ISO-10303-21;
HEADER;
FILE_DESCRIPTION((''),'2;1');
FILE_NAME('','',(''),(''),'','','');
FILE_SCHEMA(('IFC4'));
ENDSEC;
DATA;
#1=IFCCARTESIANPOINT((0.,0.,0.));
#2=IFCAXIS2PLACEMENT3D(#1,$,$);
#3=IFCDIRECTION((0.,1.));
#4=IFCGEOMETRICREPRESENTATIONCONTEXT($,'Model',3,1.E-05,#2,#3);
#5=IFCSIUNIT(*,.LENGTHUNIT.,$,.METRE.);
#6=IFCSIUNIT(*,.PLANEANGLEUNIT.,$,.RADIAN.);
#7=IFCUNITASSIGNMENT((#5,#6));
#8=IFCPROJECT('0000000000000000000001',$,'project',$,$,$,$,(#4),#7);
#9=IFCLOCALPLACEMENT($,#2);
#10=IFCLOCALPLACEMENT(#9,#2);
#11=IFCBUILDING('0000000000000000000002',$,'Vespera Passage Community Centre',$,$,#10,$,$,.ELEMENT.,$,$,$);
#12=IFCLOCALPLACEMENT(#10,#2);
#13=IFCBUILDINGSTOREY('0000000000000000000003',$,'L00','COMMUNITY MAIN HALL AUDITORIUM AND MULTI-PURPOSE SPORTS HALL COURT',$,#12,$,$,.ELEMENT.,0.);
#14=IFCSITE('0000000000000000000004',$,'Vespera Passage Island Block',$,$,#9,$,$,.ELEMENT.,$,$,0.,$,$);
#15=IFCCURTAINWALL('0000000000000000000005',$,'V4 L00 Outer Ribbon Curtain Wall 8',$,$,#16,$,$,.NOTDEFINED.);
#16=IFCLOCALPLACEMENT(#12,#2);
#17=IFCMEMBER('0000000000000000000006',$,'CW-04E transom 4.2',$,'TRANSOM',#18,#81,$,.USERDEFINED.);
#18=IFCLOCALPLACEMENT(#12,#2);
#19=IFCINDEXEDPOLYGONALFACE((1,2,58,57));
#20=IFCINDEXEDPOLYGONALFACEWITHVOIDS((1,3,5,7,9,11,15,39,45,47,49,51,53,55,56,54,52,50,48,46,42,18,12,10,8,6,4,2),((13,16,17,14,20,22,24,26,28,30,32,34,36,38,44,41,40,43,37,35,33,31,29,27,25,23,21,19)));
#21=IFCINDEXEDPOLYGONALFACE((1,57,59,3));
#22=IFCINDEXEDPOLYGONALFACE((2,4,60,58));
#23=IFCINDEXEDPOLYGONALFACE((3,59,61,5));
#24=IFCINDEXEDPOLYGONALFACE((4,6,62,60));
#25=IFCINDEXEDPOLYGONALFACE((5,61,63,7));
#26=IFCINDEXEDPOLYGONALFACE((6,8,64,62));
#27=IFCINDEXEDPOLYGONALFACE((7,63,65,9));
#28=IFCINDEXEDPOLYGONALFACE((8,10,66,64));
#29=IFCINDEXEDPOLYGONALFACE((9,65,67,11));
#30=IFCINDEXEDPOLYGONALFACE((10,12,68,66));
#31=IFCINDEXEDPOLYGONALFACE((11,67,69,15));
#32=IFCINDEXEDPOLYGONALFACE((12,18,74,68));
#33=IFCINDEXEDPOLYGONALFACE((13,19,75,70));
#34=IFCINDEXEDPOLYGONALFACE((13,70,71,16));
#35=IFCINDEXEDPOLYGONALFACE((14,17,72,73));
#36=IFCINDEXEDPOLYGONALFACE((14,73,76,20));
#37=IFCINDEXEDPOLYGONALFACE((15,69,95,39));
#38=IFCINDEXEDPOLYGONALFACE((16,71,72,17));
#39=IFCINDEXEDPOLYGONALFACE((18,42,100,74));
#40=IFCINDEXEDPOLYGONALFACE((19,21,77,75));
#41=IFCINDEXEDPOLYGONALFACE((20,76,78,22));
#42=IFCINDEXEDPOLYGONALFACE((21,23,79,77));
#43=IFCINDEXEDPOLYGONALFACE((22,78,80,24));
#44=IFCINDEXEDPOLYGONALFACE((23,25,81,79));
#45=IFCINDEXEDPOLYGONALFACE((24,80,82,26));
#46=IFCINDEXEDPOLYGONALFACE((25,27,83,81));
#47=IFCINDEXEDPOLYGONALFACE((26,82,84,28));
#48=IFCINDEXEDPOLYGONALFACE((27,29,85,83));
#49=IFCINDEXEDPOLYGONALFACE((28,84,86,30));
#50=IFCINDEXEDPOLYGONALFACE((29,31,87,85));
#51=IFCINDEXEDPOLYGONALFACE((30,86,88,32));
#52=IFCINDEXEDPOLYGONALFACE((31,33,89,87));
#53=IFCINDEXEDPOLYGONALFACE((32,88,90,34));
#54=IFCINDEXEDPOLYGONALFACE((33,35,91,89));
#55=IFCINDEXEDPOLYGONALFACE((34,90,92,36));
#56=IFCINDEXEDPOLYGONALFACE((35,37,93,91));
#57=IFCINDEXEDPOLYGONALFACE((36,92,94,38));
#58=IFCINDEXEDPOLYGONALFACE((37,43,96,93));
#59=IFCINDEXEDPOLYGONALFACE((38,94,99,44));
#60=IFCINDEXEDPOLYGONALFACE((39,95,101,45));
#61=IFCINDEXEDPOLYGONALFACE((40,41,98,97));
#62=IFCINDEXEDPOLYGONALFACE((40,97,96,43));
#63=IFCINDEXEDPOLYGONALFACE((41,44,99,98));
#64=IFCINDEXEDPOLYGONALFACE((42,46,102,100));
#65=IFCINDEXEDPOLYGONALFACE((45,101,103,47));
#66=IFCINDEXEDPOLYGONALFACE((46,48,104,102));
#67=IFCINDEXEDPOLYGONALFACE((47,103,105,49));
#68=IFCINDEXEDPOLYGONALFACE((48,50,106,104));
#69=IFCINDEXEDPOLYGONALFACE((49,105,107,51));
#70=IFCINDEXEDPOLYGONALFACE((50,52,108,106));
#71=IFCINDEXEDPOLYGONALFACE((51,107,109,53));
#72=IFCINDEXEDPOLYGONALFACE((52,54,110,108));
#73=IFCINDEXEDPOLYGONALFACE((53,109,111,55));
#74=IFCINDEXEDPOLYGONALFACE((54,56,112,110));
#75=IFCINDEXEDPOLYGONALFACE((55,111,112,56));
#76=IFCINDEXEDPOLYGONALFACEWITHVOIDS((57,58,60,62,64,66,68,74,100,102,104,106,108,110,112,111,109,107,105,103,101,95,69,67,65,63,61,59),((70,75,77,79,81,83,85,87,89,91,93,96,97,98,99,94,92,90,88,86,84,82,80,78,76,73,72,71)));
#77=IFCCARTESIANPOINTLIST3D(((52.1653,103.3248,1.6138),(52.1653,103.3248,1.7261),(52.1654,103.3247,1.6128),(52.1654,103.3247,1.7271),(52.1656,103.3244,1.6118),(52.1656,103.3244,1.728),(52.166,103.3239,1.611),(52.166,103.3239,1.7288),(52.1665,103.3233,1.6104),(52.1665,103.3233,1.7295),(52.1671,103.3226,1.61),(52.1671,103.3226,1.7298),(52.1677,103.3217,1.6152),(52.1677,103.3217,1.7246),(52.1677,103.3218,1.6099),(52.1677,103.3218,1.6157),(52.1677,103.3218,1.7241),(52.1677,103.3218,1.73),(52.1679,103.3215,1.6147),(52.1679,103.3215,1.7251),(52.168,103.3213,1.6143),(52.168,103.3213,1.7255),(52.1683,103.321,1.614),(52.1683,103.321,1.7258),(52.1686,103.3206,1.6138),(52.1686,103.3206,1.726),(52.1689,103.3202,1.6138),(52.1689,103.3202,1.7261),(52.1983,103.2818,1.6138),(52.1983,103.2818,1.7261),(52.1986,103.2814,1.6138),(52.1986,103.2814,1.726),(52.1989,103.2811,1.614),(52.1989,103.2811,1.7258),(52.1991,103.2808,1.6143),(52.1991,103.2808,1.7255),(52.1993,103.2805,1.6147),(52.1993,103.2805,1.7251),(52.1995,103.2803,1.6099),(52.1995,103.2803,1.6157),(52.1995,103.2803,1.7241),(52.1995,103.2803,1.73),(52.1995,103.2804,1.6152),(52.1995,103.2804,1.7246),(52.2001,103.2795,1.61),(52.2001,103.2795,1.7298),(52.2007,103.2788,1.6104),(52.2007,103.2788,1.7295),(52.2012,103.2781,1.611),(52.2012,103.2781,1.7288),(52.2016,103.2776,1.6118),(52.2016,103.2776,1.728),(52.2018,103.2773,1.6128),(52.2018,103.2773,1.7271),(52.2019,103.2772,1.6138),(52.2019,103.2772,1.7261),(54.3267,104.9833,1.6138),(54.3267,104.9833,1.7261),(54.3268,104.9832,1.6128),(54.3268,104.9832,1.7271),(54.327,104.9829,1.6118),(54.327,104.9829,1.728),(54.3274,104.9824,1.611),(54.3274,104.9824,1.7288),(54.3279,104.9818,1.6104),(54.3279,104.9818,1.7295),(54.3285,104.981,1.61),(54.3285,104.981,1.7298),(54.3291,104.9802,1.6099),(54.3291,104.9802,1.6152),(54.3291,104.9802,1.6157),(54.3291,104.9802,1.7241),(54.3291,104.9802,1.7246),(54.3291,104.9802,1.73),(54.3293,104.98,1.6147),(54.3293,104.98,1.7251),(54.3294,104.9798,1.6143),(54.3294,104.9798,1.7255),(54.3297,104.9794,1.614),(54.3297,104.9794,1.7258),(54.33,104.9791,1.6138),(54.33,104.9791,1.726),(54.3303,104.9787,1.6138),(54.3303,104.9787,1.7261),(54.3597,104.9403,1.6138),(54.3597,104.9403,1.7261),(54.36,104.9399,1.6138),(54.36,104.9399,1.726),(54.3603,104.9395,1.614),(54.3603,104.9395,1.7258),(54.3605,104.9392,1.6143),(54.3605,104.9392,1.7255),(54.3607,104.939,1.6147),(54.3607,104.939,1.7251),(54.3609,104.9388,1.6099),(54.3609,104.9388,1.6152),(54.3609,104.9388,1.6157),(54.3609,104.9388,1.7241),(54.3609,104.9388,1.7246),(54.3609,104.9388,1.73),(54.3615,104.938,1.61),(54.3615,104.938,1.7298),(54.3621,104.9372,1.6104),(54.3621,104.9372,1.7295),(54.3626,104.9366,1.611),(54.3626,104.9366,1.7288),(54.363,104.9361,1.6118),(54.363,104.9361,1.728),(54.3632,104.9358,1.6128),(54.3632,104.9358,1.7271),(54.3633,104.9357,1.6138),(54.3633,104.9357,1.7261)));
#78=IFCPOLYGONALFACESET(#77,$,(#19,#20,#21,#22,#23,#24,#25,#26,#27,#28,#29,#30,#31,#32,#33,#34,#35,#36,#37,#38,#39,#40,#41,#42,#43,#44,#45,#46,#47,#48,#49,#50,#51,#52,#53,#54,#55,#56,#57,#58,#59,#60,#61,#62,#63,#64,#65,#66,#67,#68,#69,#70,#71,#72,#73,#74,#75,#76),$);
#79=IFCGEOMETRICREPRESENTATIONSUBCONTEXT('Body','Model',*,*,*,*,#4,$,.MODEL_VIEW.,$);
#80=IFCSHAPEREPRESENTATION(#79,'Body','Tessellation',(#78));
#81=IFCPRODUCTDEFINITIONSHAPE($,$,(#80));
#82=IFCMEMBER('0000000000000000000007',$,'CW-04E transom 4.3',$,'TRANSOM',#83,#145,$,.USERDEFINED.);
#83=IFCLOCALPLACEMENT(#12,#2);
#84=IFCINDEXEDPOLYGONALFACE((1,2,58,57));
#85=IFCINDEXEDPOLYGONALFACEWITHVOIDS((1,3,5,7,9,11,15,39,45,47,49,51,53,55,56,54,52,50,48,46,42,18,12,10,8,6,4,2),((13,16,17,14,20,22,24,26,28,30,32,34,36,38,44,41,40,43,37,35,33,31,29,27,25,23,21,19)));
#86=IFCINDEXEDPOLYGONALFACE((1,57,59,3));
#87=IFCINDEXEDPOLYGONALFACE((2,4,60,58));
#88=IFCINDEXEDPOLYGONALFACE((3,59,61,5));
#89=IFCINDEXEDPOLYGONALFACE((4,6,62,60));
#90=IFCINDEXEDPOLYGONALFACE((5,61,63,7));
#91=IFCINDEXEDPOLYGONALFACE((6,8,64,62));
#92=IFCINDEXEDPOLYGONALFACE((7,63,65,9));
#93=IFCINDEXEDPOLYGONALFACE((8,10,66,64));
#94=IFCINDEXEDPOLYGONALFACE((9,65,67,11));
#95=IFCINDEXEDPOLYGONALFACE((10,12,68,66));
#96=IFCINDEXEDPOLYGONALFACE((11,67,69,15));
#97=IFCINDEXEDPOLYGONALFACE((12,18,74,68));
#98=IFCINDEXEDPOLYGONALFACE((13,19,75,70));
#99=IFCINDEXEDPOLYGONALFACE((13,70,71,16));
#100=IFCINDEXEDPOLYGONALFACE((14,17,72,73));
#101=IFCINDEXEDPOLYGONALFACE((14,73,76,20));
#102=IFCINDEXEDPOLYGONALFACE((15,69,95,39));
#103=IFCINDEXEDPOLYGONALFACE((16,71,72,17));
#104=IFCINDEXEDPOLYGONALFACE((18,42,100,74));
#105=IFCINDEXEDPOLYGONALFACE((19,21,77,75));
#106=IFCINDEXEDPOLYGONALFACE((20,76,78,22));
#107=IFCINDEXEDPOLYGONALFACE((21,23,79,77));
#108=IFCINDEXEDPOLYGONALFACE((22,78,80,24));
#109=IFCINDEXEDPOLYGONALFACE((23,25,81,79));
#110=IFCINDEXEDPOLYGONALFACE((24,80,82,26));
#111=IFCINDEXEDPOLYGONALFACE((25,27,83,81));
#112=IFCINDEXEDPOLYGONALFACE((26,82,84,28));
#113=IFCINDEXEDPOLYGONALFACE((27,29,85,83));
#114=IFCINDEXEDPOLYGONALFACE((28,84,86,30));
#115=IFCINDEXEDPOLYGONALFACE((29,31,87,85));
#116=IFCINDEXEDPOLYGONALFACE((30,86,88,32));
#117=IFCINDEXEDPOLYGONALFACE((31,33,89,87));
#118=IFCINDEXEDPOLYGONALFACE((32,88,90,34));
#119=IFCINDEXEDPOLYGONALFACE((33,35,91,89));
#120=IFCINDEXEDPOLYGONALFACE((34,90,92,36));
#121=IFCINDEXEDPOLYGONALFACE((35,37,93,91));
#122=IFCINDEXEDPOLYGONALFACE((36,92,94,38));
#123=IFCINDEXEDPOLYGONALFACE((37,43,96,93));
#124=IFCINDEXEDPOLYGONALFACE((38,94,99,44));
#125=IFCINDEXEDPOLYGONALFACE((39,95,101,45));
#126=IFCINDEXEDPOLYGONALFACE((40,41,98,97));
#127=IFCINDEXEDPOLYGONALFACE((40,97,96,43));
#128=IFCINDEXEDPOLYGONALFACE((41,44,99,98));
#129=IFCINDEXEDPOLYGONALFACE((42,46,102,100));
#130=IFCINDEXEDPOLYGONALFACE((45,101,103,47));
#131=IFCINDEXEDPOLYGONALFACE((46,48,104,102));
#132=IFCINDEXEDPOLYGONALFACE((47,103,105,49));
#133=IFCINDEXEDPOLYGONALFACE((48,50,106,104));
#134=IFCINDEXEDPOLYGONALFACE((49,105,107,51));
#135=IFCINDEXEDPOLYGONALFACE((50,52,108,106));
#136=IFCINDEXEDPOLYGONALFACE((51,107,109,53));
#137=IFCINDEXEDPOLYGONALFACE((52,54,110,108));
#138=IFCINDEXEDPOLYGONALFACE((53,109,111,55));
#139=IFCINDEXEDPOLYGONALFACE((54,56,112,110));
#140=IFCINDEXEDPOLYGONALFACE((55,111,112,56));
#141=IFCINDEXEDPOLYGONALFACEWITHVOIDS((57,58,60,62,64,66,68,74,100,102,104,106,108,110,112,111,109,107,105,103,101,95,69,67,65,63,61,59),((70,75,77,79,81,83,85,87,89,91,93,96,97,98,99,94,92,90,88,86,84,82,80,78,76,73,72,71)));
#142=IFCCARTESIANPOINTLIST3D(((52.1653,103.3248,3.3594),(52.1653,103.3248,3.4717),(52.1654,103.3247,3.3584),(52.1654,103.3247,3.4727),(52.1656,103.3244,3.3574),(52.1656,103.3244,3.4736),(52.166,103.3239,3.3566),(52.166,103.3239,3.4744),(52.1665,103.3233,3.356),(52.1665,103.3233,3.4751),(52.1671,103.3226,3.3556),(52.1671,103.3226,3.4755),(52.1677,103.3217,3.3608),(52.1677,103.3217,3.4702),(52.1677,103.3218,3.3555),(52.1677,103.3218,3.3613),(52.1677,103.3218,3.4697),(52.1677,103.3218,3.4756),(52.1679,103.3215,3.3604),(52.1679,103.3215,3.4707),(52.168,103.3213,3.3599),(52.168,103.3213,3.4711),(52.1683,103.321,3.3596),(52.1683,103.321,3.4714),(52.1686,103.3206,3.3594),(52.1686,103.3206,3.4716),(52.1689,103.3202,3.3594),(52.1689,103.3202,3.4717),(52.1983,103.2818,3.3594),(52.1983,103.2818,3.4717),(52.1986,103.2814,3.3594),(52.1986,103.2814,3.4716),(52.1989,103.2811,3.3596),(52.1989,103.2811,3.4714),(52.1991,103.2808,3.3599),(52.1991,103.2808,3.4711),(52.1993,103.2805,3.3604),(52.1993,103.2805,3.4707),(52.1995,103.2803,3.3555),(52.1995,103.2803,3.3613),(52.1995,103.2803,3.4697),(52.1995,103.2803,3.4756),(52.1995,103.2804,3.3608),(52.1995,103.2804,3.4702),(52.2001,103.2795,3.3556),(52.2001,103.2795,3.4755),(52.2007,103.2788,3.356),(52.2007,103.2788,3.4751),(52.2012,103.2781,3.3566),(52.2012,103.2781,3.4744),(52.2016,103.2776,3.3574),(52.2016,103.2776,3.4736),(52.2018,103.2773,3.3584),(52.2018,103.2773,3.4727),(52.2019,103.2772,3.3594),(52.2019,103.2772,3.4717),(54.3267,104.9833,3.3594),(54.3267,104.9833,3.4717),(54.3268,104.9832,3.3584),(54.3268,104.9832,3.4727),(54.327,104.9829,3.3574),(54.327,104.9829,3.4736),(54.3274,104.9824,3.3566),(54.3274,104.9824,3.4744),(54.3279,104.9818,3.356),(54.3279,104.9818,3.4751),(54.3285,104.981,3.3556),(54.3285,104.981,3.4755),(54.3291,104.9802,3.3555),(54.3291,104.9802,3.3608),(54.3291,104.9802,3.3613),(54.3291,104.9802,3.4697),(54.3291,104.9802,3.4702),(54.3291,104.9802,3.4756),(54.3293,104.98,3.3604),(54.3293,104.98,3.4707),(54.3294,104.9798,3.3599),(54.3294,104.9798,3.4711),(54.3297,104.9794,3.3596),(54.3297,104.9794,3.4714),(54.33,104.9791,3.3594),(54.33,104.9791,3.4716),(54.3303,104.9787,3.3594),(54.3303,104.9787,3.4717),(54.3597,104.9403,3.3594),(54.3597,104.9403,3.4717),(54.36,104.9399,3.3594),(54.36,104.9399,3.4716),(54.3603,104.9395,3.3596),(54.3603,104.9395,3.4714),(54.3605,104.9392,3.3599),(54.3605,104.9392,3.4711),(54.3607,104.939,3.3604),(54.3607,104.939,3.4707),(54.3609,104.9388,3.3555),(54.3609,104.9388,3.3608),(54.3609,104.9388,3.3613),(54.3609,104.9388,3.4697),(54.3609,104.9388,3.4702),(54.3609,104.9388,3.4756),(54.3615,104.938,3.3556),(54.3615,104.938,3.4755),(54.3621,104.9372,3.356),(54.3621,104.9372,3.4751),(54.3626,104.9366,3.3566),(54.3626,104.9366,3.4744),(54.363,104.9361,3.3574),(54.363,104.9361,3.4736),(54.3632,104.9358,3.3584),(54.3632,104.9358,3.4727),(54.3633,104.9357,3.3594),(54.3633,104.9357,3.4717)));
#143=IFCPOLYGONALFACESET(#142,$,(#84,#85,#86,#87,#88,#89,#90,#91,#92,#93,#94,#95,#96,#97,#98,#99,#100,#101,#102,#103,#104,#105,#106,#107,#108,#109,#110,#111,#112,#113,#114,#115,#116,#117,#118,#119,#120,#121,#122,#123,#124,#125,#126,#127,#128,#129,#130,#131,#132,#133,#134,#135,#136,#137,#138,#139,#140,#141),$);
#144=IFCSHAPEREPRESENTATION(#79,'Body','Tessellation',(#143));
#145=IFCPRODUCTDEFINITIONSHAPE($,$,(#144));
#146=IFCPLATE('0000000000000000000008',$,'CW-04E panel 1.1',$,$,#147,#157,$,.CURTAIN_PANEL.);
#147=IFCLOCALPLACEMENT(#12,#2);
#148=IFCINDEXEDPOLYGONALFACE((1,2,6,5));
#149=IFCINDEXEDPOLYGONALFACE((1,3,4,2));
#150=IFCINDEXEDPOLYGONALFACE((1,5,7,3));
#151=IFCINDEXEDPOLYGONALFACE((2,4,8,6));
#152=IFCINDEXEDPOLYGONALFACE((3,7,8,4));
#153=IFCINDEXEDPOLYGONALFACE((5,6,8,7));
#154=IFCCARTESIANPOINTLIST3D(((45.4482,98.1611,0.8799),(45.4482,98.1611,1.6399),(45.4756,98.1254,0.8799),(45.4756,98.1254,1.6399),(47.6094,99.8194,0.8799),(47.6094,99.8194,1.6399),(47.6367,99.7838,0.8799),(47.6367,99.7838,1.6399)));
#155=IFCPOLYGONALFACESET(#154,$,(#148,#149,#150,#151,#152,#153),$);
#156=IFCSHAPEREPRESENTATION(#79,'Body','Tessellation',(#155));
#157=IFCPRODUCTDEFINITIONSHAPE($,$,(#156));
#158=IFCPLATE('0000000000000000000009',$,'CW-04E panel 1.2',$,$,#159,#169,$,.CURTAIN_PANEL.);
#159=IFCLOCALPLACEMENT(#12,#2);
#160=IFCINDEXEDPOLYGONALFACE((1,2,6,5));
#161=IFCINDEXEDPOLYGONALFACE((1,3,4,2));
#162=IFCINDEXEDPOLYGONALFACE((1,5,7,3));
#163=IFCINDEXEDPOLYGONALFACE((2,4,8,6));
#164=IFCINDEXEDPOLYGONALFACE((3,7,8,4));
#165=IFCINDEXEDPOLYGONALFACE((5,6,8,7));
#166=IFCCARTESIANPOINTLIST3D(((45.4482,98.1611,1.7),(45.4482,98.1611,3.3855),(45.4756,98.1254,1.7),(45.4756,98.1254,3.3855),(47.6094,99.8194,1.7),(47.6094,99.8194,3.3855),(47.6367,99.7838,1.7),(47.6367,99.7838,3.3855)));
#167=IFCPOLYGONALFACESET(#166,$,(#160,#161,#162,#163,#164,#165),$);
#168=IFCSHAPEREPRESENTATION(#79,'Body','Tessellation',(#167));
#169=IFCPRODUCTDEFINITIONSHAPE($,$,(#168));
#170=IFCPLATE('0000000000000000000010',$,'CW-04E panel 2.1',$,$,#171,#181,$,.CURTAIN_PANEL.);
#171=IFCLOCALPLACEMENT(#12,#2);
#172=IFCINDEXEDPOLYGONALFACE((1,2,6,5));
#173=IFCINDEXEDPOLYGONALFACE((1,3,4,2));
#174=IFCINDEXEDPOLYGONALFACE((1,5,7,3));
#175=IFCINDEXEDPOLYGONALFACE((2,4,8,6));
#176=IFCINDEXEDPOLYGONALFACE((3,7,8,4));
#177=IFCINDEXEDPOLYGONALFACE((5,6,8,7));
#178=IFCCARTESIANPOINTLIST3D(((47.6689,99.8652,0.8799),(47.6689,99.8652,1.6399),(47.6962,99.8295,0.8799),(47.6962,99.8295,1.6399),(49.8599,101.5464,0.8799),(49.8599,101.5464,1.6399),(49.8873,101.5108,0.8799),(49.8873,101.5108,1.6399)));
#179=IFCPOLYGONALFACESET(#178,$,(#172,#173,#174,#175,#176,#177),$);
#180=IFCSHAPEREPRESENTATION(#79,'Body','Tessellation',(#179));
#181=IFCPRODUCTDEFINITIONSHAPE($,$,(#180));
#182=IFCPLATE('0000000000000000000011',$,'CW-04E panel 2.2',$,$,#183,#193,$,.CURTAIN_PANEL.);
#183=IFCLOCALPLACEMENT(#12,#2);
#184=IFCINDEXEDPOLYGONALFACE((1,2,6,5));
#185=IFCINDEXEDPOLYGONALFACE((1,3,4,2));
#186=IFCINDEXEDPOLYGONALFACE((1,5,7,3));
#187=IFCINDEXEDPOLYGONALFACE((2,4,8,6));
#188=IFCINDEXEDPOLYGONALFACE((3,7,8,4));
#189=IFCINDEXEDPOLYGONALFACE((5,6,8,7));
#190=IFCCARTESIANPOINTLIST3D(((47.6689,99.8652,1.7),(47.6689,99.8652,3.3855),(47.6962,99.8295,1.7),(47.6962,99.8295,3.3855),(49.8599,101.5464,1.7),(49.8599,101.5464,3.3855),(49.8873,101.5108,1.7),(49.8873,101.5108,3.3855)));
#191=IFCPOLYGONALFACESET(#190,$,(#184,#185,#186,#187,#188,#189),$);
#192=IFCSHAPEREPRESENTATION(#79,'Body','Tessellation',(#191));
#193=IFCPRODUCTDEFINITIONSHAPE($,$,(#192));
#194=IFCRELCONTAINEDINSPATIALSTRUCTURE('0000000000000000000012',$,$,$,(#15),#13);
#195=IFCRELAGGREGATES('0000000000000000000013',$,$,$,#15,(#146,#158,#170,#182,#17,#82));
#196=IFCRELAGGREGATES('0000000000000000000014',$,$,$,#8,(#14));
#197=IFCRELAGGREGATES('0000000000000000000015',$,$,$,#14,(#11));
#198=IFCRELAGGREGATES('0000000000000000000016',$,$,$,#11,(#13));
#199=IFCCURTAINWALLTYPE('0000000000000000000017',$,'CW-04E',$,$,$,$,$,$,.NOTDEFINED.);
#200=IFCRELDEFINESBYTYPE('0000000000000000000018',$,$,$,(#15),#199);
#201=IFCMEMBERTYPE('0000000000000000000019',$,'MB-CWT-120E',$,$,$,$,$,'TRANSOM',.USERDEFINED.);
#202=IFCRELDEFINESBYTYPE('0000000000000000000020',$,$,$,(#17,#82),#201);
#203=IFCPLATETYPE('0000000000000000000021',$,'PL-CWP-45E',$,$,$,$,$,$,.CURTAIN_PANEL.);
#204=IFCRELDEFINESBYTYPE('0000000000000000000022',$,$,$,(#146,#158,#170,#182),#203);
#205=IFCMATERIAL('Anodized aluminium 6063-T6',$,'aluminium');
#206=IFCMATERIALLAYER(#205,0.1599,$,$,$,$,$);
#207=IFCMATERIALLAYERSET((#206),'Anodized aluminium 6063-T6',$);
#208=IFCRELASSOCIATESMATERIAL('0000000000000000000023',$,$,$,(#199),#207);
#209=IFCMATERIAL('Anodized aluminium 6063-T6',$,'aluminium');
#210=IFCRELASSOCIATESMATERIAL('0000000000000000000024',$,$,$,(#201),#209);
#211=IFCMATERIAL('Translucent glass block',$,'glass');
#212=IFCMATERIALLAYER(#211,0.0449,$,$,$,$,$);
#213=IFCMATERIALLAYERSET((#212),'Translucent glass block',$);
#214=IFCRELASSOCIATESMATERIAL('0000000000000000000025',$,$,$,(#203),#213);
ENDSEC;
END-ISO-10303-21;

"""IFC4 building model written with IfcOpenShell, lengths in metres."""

from ifc_helpers import new_model, si_unit, direction, frame, origin, origin_2d, place, context, subcontext, project, spatial, rectangle, hollow_rectangle, extrude, material, layer, layer_set, material_profile, profile_set, type_object, element, aggregate, save


model = new_model("IFC4")

# Units and contexts
model_context = context("Model", 3, precision=1e-05, world=origin(), true_north=direction((0.0, 1.0)))
body_context = subcontext(model_context, "Body", "Model", "MODEL_VIEW")
ifc_project = project(units=[si_unit("LENGTHUNIT", "METRE"), si_unit("PLANEANGLEUNIT", "RADIAN")], contexts=[model_context])

# Site, building, storey
site_placement = place(None, origin())
site = spatial("IfcSite", under=ifc_project, at=site_placement, Name="Vespera Passage Island Block", CompositionType="ELEMENT", RefElevation=0.0)
building_placement = place(site_placement, origin())
building = spatial("IfcBuilding", under=site, at=building_placement, Name="Vespera Passage Community Centre", CompositionType="ELEMENT")
storey_placement = place(building_placement, origin())
storey = spatial("IfcBuildingStorey", under=building, at=storey_placement, Name="L00", Description="COMMUNITY MAIN HALL AUDITORIUM AND MULTI-PURPOSE SPORTS HALL COURT", CompositionType="ELEMENT", Elevation=0.0)

# Curtain wall
ifc_material_1 = material(Name="Anodized aluminium 6063-T6", Category="aluminium")
ifc_layer_1 = layer(ifc_material_1, 0.1599)
ifc_layer_set_1 = layer_set([ifc_layer_1], Name="Anodized aluminium 6063-T6")
curtain_wall_type_1 = type_object("IfcCurtainWallType", Name="CW-04E", PredefinedType="NOTDEFINED", material=ifc_layer_set_1)
curtain_wall_1_placement = place(storey_placement, origin())
curtain_wall_1 = element("IfcCurtainWall", 1, at=curtain_wall_1_placement, inside=storey, type_object=curtain_wall_type_1, Name="V4 L00 Outer Ribbon Curtain Wall 8", PredefinedType="NOTDEFINED")

# Members
ifc_material_2 = material(Name="Anodized aluminium 6063-T6", Category="aluminium")
ifc_material_profile_1 = material_profile(ifc_material_2, hollow_rectangle(XDim=0.0601, YDim=0.1201, WallThickness=0.0039, InnerFilletRadius=0.002, OuterFilletRadius=0.0039, at=origin_2d()), Name="ALU120X60X4")
ifc_profile_set_1 = profile_set([ifc_material_profile_1], Name="Anodized aluminium 6063-T6")
member_type_1 = type_object("IfcMemberType", Name="MB-CWT-120E", ElementType="TRANSOM", PredefinedType="USERDEFINED", material=ifc_profile_set_1)
member_1_placement = place(storey_placement, frame((52.1836, 103.301, 1.6699), z_axis=(0.79336, 0.608753, 0.0), x_axis=(-0.608753, 0.79336, 0.0)))
member_1 = element("IfcMember", 2, at=member_1_placement, type_object=member_type_1, Name="CW-04E transom 4.2", ObjectType="TRANSOM", PredefinedType="USERDEFINED", context=body_context, shape_type="SweptSolid", body=[
    extrude(hollow_rectangle(XDim=0.0601, YDim=0.1201, WallThickness=0.0039, InnerFilletRadius=0.002, OuterFilletRadius=0.0039, at=origin_2d()), origin(), (0.0, 0.0, 1.0), 2.7244),
])
member_2_placement = place(storey_placement, frame((52.1836, 103.301, 3.4155), z_axis=(0.79336, 0.608753, 0.0), x_axis=(-0.608753, 0.79336, 0.0)))
member_2 = element("IfcMember", 3, at=member_2_placement, type_object=member_type_1, Name="CW-04E transom 4.3", ObjectType="TRANSOM", PredefinedType="USERDEFINED", context=body_context, shape_type="SweptSolid", body=[
    extrude(hollow_rectangle(XDim=0.0601, YDim=0.1201, WallThickness=0.0039, InnerFilletRadius=0.002, OuterFilletRadius=0.0039, at=origin_2d()), origin(), (0.0, 0.0, 1.0), 2.7244),
])

# Plates
ifc_material_3 = material(Name="Translucent glass block", Category="glass")
ifc_layer_2 = layer(ifc_material_3, 0.0449)
ifc_layer_set_2 = layer_set([ifc_layer_2], Name="Translucent glass block")
plate_type = type_object("IfcPlateType", Name="PL-CWP-45E", PredefinedType="CURTAIN_PANEL", material=ifc_layer_set_2)
plate_1_placement = place(storey_placement, frame((46.5425, 98.9724, 0.8799), z_axis=(0.0, 0.0, 1.0), x_axis=(0.793348, 0.608768, 0.0)))
plate_1 = element("IfcPlate", 4, at=plate_1_placement, type_object=plate_type, Name="CW-04E panel 1.1", PredefinedType="CURTAIN_PANEL", context=body_context, shape_type="SweptSolid", body=[
    extrude(rectangle(XDim=2.7241, YDim=0.0449, at=origin_2d()), origin(), (0.0, 0.0, 1.0), 0.76),
])
plate_2_placement = place(storey_placement, frame((46.5425, 98.9724, 1.7), z_axis=(0.0, 0.0, 1.0), x_axis=(0.793348, 0.608768, 0.0)))
plate_2 = element("IfcPlate", 5, at=plate_2_placement, type_object=plate_type, Name="CW-04E panel 1.2", PredefinedType="CURTAIN_PANEL", context=body_context, shape_type="SweptSolid", body=[
    extrude(rectangle(XDim=2.7241, YDim=0.0449, at=origin_2d()), origin(), (0.0, 0.0, 1.0), 1.6855),
])
plate_3_placement = place(storey_placement, frame((48.7781, 100.688, 0.8799), z_axis=(0.0, 0.0, 1.0), x_axis=(0.793348, 0.608768, 0.0)))
plate_3 = element("IfcPlate", 6, at=plate_3_placement, type_object=plate_type, Name="CW-04E panel 2.1", PredefinedType="CURTAIN_PANEL", context=body_context, shape_type="SweptSolid", body=[
    extrude(rectangle(XDim=2.7617, YDim=0.0449, at=origin_2d()), origin(), (0.0, 0.0, 1.0), 0.76),
])
plate_4_placement = place(storey_placement, frame((48.7781, 100.688, 1.7), z_axis=(0.0, 0.0, 1.0), x_axis=(0.793348, 0.608768, 0.0)))
plate_4 = element("IfcPlate", 7, at=plate_4_placement, type_object=plate_type, Name="CW-04E panel 2.2", PredefinedType="CURTAIN_PANEL", context=body_context, shape_type="SweptSolid", body=[
    extrude(rectangle(XDim=2.7617, YDim=0.0449, at=origin_2d()), origin(), (0.0, 0.0, 1.0), 1.6855),
])
aggregate(curtain_wall_1, [plate_1, plate_2, plate_3, plate_4, member_1, member_2])

save(model, "model.ifc")
